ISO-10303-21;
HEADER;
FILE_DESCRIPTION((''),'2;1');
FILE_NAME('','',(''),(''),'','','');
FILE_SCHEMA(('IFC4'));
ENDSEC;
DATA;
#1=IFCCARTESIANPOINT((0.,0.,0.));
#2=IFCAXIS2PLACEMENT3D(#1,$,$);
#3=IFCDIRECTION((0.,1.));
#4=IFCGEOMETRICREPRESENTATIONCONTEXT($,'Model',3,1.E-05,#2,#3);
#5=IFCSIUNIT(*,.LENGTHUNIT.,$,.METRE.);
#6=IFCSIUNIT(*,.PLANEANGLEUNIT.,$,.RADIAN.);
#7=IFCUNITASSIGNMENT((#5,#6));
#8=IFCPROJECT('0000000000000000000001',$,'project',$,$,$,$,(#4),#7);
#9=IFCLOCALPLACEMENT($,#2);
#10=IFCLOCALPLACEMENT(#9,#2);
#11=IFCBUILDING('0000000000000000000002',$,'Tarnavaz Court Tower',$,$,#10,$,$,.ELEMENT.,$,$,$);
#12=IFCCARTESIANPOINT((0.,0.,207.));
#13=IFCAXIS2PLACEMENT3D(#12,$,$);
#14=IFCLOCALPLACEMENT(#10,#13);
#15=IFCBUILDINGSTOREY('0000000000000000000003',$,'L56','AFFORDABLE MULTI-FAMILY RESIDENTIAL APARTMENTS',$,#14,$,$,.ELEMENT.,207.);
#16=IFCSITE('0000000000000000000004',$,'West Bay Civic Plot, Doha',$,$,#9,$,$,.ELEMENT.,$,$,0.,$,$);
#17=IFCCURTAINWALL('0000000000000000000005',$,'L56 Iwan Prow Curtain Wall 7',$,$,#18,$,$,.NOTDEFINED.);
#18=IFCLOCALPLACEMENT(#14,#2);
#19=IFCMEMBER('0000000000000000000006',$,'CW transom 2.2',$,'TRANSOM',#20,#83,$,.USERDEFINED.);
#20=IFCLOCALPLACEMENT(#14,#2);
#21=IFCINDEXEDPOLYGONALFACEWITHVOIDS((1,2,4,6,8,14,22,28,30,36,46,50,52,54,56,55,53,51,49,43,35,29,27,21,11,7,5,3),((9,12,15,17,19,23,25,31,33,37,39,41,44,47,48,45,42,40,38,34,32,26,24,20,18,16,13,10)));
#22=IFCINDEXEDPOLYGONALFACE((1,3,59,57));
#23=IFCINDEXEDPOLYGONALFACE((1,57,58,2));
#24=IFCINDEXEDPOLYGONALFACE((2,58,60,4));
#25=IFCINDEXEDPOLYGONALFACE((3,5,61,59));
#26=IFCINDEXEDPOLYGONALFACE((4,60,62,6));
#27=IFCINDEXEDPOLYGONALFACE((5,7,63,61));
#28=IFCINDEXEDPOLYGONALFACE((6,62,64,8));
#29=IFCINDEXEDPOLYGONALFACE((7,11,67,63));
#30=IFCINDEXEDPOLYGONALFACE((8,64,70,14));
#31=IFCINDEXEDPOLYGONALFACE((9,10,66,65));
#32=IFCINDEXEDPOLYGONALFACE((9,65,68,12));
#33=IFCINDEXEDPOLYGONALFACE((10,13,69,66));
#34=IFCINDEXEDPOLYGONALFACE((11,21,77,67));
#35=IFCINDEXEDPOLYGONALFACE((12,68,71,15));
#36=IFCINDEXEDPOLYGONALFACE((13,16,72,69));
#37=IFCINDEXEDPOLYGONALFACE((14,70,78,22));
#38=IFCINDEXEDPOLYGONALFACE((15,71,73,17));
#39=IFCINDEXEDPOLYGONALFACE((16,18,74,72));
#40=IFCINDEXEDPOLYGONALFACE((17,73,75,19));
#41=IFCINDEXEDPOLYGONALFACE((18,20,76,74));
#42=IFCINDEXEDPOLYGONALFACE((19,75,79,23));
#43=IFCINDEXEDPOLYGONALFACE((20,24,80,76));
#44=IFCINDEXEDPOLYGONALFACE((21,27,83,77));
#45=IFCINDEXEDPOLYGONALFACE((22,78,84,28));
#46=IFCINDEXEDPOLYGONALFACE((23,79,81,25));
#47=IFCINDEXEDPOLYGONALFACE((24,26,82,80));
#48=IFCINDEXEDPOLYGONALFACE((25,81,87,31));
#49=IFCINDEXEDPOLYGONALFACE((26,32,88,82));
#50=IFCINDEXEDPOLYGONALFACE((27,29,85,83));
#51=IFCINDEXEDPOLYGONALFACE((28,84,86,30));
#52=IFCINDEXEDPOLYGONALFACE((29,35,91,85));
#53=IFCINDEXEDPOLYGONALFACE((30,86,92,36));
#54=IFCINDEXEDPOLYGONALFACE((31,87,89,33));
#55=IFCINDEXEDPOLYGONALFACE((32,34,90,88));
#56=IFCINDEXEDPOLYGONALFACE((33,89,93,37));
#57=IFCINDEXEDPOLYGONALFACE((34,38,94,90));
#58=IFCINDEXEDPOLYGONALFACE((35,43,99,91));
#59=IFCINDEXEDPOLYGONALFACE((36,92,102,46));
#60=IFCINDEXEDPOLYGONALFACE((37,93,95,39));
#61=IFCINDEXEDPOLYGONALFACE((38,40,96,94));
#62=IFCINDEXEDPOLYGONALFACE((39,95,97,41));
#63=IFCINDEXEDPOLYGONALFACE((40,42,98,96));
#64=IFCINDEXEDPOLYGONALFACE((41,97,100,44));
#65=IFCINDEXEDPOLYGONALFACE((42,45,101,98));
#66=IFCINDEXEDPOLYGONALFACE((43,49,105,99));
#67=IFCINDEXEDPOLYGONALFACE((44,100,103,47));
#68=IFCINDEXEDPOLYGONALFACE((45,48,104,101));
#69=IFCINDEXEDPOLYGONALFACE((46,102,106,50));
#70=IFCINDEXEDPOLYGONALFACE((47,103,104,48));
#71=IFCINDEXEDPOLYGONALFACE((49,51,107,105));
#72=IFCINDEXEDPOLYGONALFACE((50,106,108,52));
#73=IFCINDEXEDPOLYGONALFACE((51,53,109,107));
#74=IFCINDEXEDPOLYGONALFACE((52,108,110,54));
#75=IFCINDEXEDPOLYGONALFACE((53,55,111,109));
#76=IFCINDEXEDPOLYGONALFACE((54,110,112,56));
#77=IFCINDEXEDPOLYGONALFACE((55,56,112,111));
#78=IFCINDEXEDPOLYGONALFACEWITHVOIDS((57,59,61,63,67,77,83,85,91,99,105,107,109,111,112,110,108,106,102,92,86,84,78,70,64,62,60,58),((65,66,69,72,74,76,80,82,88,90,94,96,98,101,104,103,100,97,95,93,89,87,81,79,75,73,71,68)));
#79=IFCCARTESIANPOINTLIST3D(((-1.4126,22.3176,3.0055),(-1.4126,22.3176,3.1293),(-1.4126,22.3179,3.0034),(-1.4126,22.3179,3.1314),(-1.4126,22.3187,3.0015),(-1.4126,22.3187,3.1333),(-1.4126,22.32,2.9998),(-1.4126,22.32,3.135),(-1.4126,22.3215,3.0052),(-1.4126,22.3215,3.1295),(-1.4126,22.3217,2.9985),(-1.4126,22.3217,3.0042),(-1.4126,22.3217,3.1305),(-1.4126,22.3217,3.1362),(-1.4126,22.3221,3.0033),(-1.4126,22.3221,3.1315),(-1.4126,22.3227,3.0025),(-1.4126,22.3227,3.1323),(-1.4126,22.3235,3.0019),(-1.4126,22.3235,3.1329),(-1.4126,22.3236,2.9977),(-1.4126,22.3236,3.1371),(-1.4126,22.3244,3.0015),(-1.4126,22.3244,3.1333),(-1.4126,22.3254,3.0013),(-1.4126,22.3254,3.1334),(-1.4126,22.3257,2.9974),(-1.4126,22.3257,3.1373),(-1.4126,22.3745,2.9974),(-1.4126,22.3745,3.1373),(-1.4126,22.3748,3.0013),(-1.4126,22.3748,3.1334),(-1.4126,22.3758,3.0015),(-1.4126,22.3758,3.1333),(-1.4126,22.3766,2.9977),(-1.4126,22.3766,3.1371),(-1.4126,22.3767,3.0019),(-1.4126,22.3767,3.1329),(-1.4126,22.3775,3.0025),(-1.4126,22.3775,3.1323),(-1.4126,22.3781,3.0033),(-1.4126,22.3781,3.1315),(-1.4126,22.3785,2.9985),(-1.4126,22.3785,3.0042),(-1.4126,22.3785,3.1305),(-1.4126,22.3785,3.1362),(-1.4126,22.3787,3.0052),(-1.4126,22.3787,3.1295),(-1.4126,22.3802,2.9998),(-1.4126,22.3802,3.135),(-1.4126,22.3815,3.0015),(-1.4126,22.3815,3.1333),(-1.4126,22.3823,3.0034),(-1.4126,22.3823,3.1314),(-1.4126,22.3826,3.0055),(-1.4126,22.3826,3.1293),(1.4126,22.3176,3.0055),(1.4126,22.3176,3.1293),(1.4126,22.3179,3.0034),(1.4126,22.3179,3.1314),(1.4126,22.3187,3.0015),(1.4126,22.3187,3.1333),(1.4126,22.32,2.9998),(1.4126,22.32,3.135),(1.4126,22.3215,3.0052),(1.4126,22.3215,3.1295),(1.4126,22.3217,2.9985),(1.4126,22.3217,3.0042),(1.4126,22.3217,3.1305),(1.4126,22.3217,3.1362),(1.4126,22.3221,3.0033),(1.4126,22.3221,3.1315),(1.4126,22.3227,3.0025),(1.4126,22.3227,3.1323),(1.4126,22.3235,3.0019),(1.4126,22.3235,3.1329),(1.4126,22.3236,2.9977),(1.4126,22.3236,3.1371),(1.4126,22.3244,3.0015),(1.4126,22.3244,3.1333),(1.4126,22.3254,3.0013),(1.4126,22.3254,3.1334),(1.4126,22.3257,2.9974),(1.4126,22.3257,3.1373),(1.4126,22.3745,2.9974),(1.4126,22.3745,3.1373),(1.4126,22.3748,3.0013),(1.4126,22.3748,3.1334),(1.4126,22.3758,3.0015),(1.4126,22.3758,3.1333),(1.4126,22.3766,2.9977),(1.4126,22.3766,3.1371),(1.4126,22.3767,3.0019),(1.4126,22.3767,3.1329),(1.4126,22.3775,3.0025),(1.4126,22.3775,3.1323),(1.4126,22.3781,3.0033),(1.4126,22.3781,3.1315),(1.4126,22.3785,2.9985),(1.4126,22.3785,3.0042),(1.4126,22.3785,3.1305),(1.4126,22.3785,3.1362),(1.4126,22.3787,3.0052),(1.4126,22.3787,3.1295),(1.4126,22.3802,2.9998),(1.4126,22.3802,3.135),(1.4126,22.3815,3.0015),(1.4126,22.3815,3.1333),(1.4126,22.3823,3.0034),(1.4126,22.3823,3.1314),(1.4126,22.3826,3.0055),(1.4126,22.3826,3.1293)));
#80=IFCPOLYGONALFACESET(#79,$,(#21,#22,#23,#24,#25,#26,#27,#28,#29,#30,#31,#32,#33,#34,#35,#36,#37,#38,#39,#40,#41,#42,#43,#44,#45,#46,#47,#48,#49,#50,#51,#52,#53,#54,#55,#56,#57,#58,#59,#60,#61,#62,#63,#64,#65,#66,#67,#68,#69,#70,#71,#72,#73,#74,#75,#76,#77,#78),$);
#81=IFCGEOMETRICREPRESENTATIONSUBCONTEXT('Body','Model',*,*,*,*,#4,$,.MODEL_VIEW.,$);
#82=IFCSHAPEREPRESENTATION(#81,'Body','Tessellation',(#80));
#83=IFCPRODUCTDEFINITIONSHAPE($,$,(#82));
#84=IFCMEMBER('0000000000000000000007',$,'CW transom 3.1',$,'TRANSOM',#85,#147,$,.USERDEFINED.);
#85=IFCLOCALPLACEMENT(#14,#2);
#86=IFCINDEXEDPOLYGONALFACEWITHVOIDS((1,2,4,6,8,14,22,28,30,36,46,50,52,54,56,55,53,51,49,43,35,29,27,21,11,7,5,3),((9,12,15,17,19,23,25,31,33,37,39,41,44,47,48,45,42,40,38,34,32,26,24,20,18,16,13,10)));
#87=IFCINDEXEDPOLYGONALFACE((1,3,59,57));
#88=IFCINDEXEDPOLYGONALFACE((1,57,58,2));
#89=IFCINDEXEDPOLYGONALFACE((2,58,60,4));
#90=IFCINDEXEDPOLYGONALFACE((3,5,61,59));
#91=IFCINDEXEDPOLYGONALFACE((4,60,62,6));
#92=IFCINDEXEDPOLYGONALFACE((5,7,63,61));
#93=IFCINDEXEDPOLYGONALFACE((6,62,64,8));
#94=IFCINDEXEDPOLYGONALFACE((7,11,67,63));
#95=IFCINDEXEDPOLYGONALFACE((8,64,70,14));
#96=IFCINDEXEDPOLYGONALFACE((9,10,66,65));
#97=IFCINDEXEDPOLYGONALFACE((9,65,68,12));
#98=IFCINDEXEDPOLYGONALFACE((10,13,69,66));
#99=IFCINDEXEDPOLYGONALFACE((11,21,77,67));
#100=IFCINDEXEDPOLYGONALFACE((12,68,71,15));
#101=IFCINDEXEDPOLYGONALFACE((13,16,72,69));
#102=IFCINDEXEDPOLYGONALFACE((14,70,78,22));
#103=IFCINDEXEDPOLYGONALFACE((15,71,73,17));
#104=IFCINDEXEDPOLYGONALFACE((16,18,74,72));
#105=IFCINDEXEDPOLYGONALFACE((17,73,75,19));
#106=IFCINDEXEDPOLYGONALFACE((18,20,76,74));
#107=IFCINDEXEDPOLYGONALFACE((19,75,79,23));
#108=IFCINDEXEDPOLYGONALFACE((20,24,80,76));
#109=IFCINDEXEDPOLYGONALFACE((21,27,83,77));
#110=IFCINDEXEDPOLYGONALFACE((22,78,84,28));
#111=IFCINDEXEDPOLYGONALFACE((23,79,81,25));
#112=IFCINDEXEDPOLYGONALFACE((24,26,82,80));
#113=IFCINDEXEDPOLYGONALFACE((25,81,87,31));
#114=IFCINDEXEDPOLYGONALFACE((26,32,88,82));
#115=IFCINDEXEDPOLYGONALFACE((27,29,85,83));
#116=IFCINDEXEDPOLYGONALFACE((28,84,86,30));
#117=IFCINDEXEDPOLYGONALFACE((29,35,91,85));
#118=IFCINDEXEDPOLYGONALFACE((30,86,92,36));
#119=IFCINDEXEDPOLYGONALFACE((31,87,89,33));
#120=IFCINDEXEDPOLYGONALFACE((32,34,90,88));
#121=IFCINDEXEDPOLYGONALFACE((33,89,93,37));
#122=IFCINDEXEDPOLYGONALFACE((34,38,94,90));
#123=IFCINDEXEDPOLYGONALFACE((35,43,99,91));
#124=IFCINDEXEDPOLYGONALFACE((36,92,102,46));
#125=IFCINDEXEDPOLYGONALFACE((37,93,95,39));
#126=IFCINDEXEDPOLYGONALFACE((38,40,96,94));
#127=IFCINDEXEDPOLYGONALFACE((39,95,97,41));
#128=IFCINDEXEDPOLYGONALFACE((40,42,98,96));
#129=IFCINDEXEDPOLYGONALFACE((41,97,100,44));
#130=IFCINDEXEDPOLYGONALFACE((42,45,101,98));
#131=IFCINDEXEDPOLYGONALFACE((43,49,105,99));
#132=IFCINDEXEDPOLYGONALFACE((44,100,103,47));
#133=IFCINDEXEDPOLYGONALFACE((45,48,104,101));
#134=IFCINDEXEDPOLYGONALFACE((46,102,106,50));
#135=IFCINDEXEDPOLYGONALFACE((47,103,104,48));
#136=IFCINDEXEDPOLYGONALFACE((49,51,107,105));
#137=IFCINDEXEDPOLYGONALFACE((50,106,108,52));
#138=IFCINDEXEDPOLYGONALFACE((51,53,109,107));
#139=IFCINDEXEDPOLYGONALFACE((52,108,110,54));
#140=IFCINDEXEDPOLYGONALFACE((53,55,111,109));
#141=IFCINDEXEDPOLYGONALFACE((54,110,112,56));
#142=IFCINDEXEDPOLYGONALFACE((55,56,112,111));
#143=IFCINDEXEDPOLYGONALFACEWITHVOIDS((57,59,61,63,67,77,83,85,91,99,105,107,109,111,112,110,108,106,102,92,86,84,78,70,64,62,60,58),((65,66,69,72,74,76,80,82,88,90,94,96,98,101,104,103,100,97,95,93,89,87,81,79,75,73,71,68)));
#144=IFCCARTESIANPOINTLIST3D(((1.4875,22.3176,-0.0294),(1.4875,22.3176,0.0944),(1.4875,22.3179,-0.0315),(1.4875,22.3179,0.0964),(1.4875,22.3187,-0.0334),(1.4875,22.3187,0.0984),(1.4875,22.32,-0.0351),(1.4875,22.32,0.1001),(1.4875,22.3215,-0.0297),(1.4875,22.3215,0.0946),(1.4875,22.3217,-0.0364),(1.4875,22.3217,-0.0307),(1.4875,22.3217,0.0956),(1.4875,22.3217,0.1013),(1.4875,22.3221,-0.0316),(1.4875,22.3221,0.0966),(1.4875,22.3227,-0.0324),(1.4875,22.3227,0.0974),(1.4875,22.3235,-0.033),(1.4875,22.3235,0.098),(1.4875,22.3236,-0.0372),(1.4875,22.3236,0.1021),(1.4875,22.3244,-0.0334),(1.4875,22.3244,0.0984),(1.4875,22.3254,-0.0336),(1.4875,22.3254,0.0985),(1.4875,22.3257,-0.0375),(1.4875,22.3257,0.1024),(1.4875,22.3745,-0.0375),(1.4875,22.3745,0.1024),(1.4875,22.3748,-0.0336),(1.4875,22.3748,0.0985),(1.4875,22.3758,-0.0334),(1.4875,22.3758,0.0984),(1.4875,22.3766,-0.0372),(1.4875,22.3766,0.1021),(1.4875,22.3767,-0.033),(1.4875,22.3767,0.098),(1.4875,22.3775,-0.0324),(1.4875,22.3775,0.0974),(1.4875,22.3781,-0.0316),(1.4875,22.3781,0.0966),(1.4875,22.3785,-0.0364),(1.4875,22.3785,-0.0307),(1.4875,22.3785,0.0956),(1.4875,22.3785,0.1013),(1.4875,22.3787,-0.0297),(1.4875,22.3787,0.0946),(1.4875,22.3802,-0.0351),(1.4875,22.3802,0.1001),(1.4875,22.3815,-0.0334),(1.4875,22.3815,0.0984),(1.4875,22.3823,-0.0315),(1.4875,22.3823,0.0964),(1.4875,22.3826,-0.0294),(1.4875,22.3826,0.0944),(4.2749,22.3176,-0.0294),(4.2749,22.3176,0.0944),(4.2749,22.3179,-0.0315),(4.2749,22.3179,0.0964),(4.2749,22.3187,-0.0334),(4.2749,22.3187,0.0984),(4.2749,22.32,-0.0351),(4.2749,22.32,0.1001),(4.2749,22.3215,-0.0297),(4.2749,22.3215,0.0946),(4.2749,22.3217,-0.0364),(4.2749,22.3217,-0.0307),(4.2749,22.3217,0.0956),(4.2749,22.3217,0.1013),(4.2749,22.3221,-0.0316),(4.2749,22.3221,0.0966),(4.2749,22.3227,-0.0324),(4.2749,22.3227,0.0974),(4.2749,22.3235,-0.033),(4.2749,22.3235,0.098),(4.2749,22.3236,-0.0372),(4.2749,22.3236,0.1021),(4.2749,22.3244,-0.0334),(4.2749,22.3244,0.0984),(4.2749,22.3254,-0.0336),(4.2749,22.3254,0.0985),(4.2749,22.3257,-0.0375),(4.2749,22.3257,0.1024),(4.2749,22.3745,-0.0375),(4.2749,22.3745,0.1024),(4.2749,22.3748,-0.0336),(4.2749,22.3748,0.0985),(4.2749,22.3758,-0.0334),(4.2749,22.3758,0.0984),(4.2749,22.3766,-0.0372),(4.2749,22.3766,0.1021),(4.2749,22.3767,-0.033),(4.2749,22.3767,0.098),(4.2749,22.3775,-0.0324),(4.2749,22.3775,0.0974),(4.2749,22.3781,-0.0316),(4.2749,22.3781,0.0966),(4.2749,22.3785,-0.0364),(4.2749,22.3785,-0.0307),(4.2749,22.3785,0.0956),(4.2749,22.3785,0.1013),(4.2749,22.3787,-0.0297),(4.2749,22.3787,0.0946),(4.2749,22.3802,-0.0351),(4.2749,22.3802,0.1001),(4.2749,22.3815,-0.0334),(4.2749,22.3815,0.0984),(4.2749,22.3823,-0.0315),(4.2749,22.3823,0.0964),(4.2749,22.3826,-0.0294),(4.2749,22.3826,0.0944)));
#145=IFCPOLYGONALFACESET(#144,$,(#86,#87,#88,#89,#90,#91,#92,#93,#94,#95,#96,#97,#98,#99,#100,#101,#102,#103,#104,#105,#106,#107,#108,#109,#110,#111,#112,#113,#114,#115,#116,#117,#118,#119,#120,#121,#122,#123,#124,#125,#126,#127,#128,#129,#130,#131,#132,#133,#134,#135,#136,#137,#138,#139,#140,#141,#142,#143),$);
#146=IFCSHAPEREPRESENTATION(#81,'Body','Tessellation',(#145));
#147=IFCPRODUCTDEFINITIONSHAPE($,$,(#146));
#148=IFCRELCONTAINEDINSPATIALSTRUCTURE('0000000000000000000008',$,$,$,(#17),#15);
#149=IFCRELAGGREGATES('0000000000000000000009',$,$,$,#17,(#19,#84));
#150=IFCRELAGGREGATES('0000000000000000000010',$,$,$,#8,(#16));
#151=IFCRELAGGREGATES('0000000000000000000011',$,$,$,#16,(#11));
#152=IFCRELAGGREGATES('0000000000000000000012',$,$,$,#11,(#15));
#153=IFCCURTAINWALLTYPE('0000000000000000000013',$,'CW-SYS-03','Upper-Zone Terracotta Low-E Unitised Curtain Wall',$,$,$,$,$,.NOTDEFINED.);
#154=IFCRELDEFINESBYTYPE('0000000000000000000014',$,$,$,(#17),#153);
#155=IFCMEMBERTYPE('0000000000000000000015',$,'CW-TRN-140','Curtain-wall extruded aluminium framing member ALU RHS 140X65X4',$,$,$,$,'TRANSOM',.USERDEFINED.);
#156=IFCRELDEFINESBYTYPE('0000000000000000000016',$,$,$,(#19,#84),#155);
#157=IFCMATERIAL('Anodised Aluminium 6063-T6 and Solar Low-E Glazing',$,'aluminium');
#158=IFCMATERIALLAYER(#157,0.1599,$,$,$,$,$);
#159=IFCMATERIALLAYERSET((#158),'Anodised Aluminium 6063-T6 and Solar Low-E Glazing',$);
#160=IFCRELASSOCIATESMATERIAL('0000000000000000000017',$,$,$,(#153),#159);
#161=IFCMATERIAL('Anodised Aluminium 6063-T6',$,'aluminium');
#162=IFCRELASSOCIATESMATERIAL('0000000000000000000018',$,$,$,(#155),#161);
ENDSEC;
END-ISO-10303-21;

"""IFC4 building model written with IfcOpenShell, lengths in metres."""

from ifc_helpers import new_model, si_unit, direction, frame, origin, origin_2d, place, context, subcontext, project, spatial, hollow_rectangle, extrude, material, layer, layer_set, material_profile, profile_set, type_object, element, aggregate, save


model = new_model("IFC4")

# Units and contexts
model_context = context("Model", 3, precision=1e-05, world=origin(), true_north=direction((0.0, 1.0)))
body_context = subcontext(model_context, "Body", "Model", "MODEL_VIEW")
ifc_project = project(units=[si_unit("LENGTHUNIT", "METRE"), si_unit("PLANEANGLEUNIT", "RADIAN")], contexts=[model_context])

# Site, building, storey
site_placement = place(None, origin())
site = spatial("IfcSite", under=ifc_project, at=site_placement, Name="West Bay Civic Plot, Doha", CompositionType="ELEMENT", RefElevation=0.0)
building_placement = place(site_placement, origin())
building = spatial("IfcBuilding", under=site, at=building_placement, Name="Tarnavaz Court Tower", CompositionType="ELEMENT")
storey_placement = place(building_placement, frame((0.0, 0.0, 207.0)))
storey = spatial("IfcBuildingStorey", under=building, at=storey_placement, Name="L56", Description="AFFORDABLE MULTI-FAMILY RESIDENTIAL APARTMENTS", CompositionType="ELEMENT", Elevation=207.0)

# Curtain wall, members
ifc_material_1 = material(Name="Anodised Aluminium 6063-T6 and Solar Low-E Glazing", Category="aluminium")
ifc_layer_1 = layer(ifc_material_1, 0.1599)
ifc_layer_set_1 = layer_set([ifc_layer_1], Name="Anodised Aluminium 6063-T6 and Solar Low-E Glazing")
curtain_wall_type = type_object("IfcCurtainWallType", Name="CW-SYS-03", Description="Upper-Zone Terracotta Low-E Unitised Curtain Wall", PredefinedType="NOTDEFINED", material=ifc_layer_set_1)
curtain_wall_placement = place(storey_placement, origin())
curtain_wall = element("IfcCurtainWall", 1, at=curtain_wall_placement, inside=storey, type_object=curtain_wall_type, Name="L56 Iwan Prow Curtain Wall 7", PredefinedType="NOTDEFINED")
ifc_material_2 = material(Name="Anodised Aluminium 6063-T6", Category="aluminium")
ifc_material_profile_1 = material_profile(ifc_material_2, hollow_rectangle(XDim=0.0649, YDim=0.1399, WallThickness=0.0039, InnerFilletRadius=0.0039, OuterFilletRadius=0.0081, at=origin_2d()), Name="ALU RHS 140X65X4")
ifc_profile_set_1 = profile_set([ifc_material_profile_1], Name="Anodised Aluminium 6063-T6")
member_type_1 = type_object("IfcMemberType", Name="CW-TRN-140", Description="Curtain-wall extruded aluminium framing member ALU RHS 140X65X4", ElementType="TRANSOM", PredefinedType="USERDEFINED", material=ifc_profile_set_1)
member_1_placement = place(storey_placement, frame((-1.4126, 22.3501, 3.0674), z_axis=(1.0, 0.0, 0.0), x_axis=(0.0, 1.0, 0.0)))
member_1 = element("IfcMember", 2, at=member_1_placement, type_object=member_type_1, Name="CW transom 2.2", ObjectType="TRANSOM", PredefinedType="USERDEFINED", context=body_context, shape_type="SweptSolid", body=[
    extrude(hollow_rectangle(XDim=0.0649, YDim=0.1399, WallThickness=0.0039, InnerFilletRadius=0.0039, OuterFilletRadius=0.0081, at=origin_2d()), origin(), (0.0, 0.0, 1.0), 2.8252),
])
member_2_placement = place(storey_placement, frame((1.4875, 22.3501, 0.0325), z_axis=(1.0, 0.0, 0.0), x_axis=(0.0, 1.0, 0.0)))
member_2 = element("IfcMember", 3, at=member_2_placement, type_object=member_type_1, Name="CW transom 3.1", ObjectType="TRANSOM", PredefinedType="USERDEFINED", context=body_context, shape_type="SweptSolid", body=[
    extrude(hollow_rectangle(XDim=0.0649, YDim=0.1399, WallThickness=0.0039, InnerFilletRadius=0.0039, OuterFilletRadius=0.0081, at=origin_2d()), origin(), (0.0, 0.0, 1.0), 2.7874),
])
aggregate(curtain_wall, [member_1, member_2])

save(model, "model.ifc")
